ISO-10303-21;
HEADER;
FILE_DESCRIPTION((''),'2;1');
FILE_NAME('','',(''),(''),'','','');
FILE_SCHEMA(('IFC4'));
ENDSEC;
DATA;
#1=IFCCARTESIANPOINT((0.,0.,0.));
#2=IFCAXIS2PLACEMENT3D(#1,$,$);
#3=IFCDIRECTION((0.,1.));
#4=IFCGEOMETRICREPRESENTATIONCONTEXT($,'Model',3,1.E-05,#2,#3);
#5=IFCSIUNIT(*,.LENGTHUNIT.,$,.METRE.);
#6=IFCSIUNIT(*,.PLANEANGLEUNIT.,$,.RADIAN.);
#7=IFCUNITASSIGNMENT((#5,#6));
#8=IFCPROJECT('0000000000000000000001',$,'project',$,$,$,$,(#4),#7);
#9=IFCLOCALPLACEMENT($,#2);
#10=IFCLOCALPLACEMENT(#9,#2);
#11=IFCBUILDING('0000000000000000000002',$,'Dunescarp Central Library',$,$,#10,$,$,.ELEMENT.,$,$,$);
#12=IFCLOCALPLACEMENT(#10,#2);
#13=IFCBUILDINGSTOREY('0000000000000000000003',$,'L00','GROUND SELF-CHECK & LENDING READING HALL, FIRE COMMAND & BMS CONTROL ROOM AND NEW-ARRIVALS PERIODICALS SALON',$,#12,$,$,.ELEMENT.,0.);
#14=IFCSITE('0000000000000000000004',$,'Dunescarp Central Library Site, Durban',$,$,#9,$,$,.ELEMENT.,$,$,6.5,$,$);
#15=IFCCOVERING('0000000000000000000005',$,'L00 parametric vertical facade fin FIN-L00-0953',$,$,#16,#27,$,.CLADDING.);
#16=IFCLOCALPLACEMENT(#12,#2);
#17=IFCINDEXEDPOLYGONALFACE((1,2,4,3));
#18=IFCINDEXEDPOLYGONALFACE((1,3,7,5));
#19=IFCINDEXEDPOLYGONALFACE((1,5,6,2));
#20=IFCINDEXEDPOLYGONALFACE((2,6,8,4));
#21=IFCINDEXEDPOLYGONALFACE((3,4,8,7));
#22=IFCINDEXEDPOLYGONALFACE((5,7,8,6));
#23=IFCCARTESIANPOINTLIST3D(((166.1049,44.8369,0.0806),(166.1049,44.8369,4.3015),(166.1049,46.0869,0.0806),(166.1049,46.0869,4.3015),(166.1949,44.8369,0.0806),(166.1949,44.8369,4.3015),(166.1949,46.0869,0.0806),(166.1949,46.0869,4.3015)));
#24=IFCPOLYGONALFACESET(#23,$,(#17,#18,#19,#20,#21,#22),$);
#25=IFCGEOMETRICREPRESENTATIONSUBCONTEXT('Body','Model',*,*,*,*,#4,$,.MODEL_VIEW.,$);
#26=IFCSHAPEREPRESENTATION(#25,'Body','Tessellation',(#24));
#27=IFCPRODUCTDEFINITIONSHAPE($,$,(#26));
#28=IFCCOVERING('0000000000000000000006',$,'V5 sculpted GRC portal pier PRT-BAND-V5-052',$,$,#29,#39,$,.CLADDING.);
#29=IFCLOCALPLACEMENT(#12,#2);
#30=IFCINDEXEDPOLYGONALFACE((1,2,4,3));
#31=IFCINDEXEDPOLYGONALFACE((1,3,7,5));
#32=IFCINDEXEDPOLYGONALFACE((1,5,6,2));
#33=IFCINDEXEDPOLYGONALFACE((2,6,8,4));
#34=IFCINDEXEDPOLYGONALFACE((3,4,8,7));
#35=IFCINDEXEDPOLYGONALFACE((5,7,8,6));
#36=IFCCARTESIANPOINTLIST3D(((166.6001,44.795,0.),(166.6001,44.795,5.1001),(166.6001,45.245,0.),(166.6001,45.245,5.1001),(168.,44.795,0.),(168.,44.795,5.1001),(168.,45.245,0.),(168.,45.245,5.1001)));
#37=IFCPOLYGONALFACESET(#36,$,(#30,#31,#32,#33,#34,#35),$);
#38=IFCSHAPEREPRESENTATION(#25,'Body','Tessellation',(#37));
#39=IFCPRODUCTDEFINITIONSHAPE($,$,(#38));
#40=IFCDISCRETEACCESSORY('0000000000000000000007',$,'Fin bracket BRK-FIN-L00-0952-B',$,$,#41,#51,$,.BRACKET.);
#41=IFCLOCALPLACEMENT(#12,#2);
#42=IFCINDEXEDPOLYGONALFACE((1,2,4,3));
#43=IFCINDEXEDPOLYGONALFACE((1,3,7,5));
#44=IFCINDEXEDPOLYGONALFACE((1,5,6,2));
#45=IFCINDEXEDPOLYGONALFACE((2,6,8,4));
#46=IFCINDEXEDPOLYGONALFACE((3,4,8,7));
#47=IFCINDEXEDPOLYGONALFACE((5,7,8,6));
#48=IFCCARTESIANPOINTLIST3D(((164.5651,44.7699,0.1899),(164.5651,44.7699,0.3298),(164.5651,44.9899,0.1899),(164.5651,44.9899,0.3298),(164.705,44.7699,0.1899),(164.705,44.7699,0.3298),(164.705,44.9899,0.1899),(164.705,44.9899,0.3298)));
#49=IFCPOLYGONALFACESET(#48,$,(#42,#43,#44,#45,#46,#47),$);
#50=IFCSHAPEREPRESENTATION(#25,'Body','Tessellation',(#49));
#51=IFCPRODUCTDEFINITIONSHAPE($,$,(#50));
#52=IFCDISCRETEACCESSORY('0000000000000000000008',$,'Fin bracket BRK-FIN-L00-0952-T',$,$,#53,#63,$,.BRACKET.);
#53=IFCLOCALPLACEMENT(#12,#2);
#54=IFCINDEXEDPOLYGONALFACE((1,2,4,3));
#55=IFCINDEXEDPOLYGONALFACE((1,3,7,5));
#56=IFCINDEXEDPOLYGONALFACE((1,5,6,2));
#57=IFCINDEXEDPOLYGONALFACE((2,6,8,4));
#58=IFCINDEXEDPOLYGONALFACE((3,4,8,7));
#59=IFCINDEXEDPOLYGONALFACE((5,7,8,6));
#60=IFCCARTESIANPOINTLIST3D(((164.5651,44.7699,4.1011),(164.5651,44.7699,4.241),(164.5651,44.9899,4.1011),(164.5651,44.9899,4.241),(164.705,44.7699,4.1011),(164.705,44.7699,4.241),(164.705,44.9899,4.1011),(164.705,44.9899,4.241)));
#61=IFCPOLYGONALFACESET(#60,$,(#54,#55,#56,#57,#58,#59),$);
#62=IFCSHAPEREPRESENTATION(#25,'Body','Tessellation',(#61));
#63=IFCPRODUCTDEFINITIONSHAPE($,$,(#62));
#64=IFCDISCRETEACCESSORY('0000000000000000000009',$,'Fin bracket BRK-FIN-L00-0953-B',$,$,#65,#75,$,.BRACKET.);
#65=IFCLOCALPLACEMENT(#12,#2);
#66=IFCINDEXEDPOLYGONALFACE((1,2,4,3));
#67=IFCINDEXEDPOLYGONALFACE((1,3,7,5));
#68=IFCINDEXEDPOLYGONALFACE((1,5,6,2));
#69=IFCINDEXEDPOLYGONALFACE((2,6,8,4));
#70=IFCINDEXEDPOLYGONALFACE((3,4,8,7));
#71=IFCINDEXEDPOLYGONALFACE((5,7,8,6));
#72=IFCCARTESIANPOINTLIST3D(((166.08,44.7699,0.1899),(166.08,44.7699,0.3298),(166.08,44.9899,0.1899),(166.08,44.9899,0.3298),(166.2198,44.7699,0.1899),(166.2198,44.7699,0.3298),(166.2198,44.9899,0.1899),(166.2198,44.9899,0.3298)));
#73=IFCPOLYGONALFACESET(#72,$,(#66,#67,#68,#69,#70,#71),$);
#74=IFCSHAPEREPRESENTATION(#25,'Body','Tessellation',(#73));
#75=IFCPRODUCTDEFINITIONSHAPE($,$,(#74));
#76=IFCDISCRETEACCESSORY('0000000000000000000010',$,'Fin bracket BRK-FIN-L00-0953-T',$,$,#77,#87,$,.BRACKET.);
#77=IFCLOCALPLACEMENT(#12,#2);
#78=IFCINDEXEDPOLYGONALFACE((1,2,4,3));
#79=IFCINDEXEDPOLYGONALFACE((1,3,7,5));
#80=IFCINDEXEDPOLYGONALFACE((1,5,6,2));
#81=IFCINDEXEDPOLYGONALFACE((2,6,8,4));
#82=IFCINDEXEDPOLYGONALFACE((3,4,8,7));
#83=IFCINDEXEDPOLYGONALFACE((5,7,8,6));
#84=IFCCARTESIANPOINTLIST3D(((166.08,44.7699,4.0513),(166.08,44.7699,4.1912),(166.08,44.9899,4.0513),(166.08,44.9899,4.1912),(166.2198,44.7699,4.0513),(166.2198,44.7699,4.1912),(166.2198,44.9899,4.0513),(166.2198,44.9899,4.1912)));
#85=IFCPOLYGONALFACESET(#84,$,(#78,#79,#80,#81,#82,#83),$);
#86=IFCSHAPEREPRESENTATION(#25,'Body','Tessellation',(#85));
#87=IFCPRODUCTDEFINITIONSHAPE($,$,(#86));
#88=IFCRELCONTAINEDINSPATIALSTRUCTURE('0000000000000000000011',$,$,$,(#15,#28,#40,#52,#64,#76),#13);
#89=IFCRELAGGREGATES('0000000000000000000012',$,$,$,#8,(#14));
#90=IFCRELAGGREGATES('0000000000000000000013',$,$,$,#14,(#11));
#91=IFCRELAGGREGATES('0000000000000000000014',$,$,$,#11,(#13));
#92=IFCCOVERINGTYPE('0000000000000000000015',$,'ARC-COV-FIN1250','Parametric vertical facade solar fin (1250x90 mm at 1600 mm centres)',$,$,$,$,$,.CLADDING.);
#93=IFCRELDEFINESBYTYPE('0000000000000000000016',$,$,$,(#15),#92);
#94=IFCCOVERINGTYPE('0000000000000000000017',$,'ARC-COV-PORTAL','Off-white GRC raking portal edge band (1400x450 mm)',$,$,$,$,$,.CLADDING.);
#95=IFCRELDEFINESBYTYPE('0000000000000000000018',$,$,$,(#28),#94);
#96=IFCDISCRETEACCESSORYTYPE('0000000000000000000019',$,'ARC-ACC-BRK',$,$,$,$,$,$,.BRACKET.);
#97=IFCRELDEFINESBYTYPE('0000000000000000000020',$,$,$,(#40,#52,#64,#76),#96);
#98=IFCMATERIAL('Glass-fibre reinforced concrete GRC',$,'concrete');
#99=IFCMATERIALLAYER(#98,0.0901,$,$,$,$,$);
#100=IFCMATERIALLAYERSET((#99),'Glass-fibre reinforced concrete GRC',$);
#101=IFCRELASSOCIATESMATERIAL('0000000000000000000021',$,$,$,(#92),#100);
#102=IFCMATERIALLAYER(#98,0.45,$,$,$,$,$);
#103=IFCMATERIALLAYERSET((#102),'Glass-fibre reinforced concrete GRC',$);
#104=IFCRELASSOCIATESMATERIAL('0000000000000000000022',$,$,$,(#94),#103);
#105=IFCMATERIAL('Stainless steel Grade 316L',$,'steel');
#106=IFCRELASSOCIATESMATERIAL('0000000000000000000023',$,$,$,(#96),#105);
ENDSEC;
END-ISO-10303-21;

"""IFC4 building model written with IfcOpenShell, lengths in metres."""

from ifc_helpers import new_model, si_unit, direction, frame, origin, origin_2d, place, context, subcontext, project, spatial, rectangle, extrude, material, layer, layer_set, type_object, element, save


model = new_model("IFC4")

# Units and contexts
model_context = context("Model", 3, precision=1e-05, world=origin(), true_north=direction((0.0, 1.0)))
body_context = subcontext(model_context, "Body", "Model", "MODEL_VIEW")
ifc_project = project(units=[si_unit("LENGTHUNIT", "METRE"), si_unit("PLANEANGLEUNIT", "RADIAN")], contexts=[model_context])

# Site, building, storey
site_placement = place(None, origin())
site = spatial("IfcSite", under=ifc_project, at=site_placement, Name="Dunescarp Central Library Site, Durban", CompositionType="ELEMENT", RefElevation=6.5)
building_placement = place(site_placement, origin())
building = spatial("IfcBuilding", under=site, at=building_placement, Name="Dunescarp Central Library", CompositionType="ELEMENT")
storey_placement = place(building_placement, origin())
storey = spatial("IfcBuildingStorey", under=building, at=storey_placement, Name="L00", Description="GROUND SELF-CHECK & LENDING READING HALL, FIRE COMMAND & BMS CONTROL ROOM AND NEW-ARRIVALS PERIODICALS SALON", CompositionType="ELEMENT", Elevation=0.0)

# Shared definitions
ifc_material_1 = material(Name="Glass-fibre reinforced concrete GRC", Category="concrete")

# Coverings
ifc_layer_1 = layer(ifc_material_1, 0.0901)
ifc_layer_set_1 = layer_set([ifc_layer_1], Name="Glass-fibre reinforced concrete GRC")
covering_type_1 = type_object("IfcCoveringType", Name="ARC-COV-FIN1250", Description="Parametric vertical facade solar fin (1250x90 mm at 1600 mm centres)", PredefinedType="CLADDING", material=ifc_layer_set_1)
covering_1_placement = place(storey_placement, frame((166.1499, 45.4619, 0.0806), z_axis=(0.0, 0.0, 1.0), x_axis=(0.0, 1.0, 0.0)))
element("IfcCovering", 1, at=covering_1_placement, inside=storey, type_object=covering_type_1, Name="L00 parametric vertical facade fin FIN-L00-0953", PredefinedType="CLADDING", context=body_context, shape_type="SweptSolid", body=[
    extrude(rectangle(XDim=1.25, YDim=0.0901, at=origin_2d()), origin(), (0.0, 0.0, 1.0), 4.2209),
])
ifc_layer_2 = layer(ifc_material_1, 0.45)
ifc_layer_set_2 = layer_set([ifc_layer_2], Name="Glass-fibre reinforced concrete GRC")
covering_type_2 = type_object("IfcCoveringType", Name="ARC-COV-PORTAL", Description="Off-white GRC raking portal edge band (1400x450 mm)", PredefinedType="CLADDING", material=ifc_layer_set_2)
covering_2_placement = place(storey_placement, frame((167.3, 45.02, 0.0), z_axis=(0.0, 0.0, 1.0), x_axis=(1.0, 0.0, 0.0)))
element("IfcCovering", 2, at=covering_2_placement, inside=storey, type_object=covering_type_2, Name="V5 sculpted GRC portal pier PRT-BAND-V5-052", PredefinedType="CLADDING", context=body_context, shape_type="SweptSolid", body=[
    extrude(rectangle(XDim=1.3999, YDim=0.45, at=origin_2d()), origin(), (0.0, 0.0, 1.0), 5.1001),
])

# Discrete accessories
ifc_material_2 = material(Name="Stainless steel Grade 316L", Category="steel")
discrete_accessory_type = type_object("IfcDiscreteAccessoryType", Name="ARC-ACC-BRK", PredefinedType="BRACKET", material=ifc_material_2)
for number, where, z_axis, x_axis, name in (
    (3, (164.635, 44.8799, 0.1899), (0.0, 0.0, 1.0), (0.0, 1.0, 0.0), "Fin bracket BRK-FIN-L00-0952-B"),
    (4, (164.635, 44.8799, 4.1011), (0.0, 0.0, 1.0), (0.0, 1.0, 0.0), "Fin bracket BRK-FIN-L00-0952-T"),
    (5, (166.1499, 44.8799, 0.1899), (0.0, 0.0, 1.0), (0.0, 1.0, 0.0), "Fin bracket BRK-FIN-L00-0953-B"),
    (6, (166.1499, 44.8799, 4.0513), (0.0, 0.0, 1.0), (0.0, 1.0, 0.0), "Fin bracket BRK-FIN-L00-0953-T"),
):
    element("IfcDiscreteAccessory", number, at=place(storey_placement, frame(where, z_axis=z_axis, x_axis=x_axis)), inside=storey, type_object=discrete_accessory_type, Name=name, PredefinedType="BRACKET", context=body_context, shape_type="SweptSolid", body=[
        extrude(rectangle(XDim=0.22, YDim=0.1399, at=origin_2d()), origin(), (0.0, 0.0, 1.0), 0.1399),
    ])

save(model, "model.ifc")
